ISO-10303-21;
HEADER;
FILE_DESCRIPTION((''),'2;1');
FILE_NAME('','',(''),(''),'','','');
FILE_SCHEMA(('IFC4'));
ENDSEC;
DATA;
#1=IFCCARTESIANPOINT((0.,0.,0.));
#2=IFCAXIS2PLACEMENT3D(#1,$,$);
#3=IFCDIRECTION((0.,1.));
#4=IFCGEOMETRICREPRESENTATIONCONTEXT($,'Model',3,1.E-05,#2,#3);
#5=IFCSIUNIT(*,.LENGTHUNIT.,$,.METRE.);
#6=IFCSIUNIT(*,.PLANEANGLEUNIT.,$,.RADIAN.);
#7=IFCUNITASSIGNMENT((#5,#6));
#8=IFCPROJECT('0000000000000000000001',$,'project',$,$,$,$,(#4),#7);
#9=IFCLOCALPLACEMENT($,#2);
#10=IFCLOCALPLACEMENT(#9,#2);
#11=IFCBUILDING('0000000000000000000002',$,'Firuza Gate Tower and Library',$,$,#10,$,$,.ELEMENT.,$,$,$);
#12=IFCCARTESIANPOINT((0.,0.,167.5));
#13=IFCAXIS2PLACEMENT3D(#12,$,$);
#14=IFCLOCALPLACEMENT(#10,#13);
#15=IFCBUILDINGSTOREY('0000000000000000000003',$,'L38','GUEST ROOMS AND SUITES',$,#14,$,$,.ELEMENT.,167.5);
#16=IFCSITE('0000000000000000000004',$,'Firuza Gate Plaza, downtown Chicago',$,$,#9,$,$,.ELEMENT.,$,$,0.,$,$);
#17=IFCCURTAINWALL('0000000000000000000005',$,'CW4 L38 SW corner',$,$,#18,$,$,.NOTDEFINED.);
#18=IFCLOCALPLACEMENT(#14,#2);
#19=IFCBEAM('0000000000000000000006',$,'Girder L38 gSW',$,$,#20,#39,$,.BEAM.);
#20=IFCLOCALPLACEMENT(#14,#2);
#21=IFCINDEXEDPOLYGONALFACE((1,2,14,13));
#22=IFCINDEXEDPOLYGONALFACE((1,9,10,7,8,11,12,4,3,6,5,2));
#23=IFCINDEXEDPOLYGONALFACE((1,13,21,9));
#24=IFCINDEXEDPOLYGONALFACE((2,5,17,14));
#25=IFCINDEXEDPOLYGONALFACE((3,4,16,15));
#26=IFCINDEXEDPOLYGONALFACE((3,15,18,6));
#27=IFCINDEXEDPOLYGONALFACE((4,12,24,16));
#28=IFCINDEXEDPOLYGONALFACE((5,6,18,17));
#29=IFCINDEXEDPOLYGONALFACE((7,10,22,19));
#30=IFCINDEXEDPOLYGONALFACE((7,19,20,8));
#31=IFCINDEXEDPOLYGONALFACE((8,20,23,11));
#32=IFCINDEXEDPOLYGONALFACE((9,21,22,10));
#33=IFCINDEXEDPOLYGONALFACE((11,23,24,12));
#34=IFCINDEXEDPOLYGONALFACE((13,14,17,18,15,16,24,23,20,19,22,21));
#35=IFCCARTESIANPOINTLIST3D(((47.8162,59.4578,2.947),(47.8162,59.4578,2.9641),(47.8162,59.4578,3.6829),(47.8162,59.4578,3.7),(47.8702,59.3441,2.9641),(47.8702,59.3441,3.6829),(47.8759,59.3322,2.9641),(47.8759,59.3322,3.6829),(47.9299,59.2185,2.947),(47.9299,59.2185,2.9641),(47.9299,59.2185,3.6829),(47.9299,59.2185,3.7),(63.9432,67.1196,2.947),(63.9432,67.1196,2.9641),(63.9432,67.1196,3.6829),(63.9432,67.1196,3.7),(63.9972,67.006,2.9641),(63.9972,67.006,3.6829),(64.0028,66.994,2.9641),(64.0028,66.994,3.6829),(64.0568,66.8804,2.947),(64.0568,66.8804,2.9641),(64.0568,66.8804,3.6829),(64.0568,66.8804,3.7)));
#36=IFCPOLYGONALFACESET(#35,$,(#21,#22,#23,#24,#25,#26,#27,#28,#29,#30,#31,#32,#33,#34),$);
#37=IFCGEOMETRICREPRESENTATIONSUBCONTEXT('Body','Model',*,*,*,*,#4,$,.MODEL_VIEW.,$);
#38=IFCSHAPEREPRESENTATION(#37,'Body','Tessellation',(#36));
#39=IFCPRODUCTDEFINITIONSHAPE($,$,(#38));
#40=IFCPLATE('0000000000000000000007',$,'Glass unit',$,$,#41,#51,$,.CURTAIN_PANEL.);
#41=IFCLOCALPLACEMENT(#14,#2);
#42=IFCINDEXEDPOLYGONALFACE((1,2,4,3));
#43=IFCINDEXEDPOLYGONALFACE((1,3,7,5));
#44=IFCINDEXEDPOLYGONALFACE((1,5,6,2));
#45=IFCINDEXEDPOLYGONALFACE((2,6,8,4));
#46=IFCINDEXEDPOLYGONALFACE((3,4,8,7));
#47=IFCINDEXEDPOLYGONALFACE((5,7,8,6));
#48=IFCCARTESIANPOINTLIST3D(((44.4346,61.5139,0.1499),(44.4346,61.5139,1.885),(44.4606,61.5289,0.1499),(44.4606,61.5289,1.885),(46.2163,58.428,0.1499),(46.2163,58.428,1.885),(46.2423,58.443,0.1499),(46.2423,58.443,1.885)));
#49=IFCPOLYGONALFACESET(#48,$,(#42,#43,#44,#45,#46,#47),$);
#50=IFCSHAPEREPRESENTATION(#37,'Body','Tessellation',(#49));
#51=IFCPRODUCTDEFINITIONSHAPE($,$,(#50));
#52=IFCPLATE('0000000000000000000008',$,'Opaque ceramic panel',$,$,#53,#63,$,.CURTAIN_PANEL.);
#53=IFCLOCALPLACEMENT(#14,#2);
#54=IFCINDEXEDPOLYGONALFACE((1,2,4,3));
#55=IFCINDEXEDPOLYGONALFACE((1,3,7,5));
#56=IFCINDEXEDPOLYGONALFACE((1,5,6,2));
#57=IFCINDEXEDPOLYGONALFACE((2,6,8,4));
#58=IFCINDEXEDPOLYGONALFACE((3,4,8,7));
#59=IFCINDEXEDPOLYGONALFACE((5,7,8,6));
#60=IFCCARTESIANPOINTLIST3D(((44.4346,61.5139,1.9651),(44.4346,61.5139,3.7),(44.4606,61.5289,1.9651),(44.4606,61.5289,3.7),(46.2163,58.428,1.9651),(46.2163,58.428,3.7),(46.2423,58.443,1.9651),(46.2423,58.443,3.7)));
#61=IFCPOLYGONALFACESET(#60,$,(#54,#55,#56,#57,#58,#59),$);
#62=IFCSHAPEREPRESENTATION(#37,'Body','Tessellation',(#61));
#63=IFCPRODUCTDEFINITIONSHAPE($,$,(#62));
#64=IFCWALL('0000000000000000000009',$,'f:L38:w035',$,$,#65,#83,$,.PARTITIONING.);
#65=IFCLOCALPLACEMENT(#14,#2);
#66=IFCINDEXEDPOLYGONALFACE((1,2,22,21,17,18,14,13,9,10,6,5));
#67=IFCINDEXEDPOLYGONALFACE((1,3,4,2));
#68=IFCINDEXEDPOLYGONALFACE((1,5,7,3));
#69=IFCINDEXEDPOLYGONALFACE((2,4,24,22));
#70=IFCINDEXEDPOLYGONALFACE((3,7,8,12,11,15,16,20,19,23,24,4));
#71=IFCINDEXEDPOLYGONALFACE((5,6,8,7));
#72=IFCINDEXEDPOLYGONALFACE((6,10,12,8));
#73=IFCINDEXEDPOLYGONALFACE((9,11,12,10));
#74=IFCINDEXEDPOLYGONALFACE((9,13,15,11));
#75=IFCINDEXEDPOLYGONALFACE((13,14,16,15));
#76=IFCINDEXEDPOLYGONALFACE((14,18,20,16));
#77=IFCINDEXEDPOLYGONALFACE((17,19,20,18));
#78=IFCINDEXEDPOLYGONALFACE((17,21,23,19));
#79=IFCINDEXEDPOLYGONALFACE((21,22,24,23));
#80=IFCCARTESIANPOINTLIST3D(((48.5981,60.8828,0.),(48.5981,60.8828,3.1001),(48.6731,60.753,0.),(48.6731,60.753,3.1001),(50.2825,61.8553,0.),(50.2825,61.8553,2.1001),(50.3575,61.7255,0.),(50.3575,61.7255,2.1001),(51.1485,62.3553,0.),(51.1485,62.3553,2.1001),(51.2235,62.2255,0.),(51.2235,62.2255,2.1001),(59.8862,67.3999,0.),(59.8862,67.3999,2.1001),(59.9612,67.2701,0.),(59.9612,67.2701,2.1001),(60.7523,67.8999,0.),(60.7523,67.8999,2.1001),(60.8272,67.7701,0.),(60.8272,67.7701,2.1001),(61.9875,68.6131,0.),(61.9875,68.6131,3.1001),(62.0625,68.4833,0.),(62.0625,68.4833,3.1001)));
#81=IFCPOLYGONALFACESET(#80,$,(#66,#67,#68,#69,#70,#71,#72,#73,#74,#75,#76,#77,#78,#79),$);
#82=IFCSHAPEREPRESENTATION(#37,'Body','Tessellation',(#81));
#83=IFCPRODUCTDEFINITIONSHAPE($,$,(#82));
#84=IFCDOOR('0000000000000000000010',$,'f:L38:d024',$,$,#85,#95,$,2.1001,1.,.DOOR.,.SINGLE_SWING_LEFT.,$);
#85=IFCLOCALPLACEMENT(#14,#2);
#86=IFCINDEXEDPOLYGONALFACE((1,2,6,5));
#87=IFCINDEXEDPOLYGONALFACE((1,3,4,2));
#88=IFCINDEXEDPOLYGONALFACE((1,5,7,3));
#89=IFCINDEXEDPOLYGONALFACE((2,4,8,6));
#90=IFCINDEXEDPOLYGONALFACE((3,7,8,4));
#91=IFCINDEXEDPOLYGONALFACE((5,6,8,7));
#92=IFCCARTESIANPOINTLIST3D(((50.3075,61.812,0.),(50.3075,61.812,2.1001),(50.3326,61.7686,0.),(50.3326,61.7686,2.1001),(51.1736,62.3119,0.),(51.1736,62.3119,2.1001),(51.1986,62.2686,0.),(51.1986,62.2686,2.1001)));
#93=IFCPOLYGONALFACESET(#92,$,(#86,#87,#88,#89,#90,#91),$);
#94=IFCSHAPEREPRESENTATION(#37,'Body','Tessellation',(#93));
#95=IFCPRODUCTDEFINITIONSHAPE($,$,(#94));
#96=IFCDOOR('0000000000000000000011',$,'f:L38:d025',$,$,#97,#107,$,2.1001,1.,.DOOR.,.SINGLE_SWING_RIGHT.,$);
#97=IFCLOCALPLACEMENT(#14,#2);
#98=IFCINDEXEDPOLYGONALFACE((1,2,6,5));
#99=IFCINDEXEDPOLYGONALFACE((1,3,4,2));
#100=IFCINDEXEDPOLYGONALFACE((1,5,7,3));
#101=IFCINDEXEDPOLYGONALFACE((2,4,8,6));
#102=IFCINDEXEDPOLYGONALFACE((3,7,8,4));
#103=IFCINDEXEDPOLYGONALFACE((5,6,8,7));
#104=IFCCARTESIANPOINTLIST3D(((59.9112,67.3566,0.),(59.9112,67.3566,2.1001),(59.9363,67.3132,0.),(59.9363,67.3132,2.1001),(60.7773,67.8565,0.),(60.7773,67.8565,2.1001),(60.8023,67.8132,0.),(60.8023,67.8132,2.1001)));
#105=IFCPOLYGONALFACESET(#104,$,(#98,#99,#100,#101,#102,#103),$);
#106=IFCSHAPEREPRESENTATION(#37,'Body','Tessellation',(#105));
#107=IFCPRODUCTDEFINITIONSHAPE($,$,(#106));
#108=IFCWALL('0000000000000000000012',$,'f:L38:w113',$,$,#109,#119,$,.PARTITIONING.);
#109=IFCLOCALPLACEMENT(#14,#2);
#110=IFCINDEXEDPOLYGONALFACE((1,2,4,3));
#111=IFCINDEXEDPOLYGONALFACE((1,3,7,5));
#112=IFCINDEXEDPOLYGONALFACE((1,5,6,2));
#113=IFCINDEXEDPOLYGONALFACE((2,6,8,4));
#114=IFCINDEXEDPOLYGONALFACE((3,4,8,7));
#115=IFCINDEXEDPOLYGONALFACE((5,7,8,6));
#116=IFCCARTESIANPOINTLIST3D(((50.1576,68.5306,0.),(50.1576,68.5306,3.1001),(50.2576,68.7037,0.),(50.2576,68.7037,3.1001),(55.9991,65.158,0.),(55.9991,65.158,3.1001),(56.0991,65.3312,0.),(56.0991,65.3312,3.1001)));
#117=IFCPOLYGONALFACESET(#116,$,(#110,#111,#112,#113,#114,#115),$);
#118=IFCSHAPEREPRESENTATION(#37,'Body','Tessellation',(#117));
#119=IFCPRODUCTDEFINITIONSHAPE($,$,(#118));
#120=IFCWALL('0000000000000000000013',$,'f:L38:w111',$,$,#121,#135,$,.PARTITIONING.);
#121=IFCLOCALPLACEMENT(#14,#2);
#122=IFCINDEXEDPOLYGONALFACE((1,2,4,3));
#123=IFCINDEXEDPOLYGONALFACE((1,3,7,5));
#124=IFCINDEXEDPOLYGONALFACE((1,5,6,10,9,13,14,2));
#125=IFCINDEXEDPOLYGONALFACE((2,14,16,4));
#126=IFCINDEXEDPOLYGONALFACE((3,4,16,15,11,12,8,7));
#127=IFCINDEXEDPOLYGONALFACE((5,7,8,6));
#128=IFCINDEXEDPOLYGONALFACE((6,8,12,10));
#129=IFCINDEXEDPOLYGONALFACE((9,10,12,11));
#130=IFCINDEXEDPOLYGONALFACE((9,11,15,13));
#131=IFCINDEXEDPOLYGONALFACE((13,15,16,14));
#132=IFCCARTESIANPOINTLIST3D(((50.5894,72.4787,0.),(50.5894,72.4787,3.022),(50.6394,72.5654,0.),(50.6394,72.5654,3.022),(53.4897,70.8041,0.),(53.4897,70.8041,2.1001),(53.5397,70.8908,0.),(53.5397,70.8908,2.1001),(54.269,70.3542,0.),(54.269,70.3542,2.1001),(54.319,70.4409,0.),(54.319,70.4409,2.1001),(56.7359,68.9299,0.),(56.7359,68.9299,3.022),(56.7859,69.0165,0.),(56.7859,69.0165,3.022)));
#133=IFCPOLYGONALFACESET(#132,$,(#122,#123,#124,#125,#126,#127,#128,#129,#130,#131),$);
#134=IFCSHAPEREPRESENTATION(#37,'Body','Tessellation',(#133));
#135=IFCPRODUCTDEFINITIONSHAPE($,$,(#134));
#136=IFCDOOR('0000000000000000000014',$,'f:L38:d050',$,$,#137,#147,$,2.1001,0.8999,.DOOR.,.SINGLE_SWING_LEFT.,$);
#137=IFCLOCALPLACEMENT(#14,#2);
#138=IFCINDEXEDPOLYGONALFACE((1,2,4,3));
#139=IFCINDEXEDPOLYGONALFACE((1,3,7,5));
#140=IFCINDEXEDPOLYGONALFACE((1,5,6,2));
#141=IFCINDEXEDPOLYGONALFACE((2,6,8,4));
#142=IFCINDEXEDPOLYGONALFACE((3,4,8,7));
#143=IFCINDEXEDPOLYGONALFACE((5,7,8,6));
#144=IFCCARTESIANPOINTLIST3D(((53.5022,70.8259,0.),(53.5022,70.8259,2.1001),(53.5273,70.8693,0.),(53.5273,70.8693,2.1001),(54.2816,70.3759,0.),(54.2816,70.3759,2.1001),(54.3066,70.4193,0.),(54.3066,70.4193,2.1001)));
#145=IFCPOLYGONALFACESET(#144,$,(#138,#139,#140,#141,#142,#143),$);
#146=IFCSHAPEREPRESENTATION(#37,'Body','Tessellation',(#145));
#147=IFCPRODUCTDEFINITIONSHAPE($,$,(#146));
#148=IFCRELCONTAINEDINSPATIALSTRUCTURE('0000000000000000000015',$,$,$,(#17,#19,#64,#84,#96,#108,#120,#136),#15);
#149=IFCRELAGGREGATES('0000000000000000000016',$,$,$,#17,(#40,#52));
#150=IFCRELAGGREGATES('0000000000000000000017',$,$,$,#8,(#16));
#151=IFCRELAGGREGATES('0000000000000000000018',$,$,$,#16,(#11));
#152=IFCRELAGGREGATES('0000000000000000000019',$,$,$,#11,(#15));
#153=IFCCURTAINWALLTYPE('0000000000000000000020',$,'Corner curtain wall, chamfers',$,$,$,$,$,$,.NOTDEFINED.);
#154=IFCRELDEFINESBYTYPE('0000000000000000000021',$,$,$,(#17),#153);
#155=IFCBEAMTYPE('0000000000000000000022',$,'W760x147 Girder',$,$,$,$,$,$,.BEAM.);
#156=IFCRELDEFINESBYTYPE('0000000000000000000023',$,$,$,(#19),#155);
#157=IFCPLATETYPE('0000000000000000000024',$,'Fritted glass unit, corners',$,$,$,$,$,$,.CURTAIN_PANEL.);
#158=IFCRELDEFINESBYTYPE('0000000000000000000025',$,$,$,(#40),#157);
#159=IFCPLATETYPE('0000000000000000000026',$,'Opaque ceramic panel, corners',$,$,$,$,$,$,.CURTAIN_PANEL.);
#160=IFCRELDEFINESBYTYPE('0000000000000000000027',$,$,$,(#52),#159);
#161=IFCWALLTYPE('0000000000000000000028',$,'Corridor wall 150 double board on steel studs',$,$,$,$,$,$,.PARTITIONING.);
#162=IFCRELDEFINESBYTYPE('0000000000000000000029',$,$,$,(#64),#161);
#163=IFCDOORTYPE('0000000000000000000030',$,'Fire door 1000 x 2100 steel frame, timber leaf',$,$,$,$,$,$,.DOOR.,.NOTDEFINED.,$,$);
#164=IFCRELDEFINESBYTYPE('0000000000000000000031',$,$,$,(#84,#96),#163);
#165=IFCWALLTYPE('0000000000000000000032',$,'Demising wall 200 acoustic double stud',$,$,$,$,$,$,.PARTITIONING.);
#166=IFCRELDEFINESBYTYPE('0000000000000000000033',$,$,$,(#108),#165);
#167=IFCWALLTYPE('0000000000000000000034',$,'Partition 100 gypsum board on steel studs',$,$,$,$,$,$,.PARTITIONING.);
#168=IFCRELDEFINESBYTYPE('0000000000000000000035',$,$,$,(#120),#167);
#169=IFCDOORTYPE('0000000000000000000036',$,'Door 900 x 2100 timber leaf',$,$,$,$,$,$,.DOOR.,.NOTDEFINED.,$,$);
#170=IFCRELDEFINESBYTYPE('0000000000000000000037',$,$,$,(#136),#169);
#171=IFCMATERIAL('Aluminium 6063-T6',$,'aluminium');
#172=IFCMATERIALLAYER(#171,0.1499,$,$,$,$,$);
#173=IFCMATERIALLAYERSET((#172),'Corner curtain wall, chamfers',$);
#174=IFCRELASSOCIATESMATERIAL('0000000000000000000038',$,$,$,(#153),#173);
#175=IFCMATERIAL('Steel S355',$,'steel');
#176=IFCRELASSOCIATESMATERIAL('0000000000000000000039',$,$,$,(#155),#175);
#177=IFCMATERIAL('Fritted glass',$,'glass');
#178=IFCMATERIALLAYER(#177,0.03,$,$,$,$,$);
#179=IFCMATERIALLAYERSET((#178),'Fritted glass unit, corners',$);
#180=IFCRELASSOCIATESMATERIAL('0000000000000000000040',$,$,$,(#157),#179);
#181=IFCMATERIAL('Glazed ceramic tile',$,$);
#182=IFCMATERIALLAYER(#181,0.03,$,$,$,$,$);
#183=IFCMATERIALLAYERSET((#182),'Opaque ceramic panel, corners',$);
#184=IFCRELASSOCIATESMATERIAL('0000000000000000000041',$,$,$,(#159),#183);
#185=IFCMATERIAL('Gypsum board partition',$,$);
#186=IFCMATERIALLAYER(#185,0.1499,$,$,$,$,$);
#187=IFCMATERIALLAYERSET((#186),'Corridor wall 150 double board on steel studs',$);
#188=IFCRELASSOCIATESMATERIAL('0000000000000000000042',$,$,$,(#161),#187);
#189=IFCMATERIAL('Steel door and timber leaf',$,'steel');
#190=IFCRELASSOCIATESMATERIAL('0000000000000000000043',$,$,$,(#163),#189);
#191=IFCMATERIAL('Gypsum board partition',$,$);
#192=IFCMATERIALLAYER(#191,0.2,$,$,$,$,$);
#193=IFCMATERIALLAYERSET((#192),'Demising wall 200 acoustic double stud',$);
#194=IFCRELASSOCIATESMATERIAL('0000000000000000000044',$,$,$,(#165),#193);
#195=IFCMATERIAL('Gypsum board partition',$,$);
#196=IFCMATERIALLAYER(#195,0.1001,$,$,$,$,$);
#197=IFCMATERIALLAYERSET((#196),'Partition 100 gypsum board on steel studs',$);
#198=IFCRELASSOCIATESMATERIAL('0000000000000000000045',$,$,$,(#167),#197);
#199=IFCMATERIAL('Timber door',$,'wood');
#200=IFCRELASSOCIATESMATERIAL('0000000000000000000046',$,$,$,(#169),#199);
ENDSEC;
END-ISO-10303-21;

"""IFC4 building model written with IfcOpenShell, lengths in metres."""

from ifc_helpers import new_model, si_unit, direction, frame, frame_2d, origin, origin_2d, place, context, subcontext, project, spatial, polyline, rectangle, i_section, outline, extrude, material, layer, layer_set, material_profile, profile_set, type_object, element, fill, aggregate, save


model = new_model("IFC4")

# Units and contexts
model_context = context("Model", 3, precision=1e-05, world=origin(), true_north=direction((0.0, 1.0)))
body_context = subcontext(model_context, "Body", "Model", "MODEL_VIEW")
ifc_project = project(units=[si_unit("LENGTHUNIT", "METRE"), si_unit("PLANEANGLEUNIT", "RADIAN")], contexts=[model_context])

# Site, building, storey
site_placement = place(None, origin())
site = spatial("IfcSite", under=ifc_project, at=site_placement, Name="Firuza Gate Plaza, downtown Chicago", CompositionType="ELEMENT", RefElevation=0.0)
building_placement = place(site_placement, origin())
building = spatial("IfcBuilding", under=site, at=building_placement, Name="Firuza Gate Tower and Library", CompositionType="ELEMENT")
storey_placement = place(building_placement, frame((0.0, 0.0, 167.5)))
storey = spatial("IfcBuildingStorey", under=building, at=storey_placement, Name="L38", Description="GUEST ROOMS AND SUITES", CompositionType="ELEMENT", Elevation=167.5)

# Curtain wall
ifc_material_1 = material(Name="Aluminium 6063-T6", Category="aluminium")
ifc_layer_1 = layer(ifc_material_1, 0.1499)
ifc_layer_set_1 = layer_set([ifc_layer_1], Name="Corner curtain wall, chamfers")
curtain_wall_type = type_object("IfcCurtainWallType", Name="Corner curtain wall, chamfers", PredefinedType="NOTDEFINED", material=ifc_layer_set_1)
curtain_wall_placement = place(storey_placement, origin())
curtain_wall = element("IfcCurtainWall", 1, at=curtain_wall_placement, inside=storey, type_object=curtain_wall_type, Name="CW4 L38 SW corner", PredefinedType="NOTDEFINED")

# Beam
ifc_material_2 = material(Name="Steel S355", Category="steel")
ifc_material_profile_1 = material_profile(ifc_material_2, i_section(OverallWidth=0.2649, OverallDepth=0.7529, WebThickness=0.0132, FlangeThickness=0.0171, at=origin_2d()))
ifc_profile_set_1 = profile_set([ifc_material_profile_1], Name="Steel S355")
beam_type_1 = type_object("IfcBeamType", Name="W760x147 Girder", PredefinedType="BEAM", material=ifc_profile_set_1)
beam_1_placement = place(storey_placement, frame((47.873, 59.3381, 3.3235), z_axis=(0.903244, 0.429128, 0.0), x_axis=(-0.429128, 0.903244, 0.0)))
element("IfcBeam", 2, at=beam_1_placement, inside=storey, type_object=beam_type_1, Name="Girder L38 gSW", PredefinedType="BEAM", context=body_context, shape_type="SweptSolid", body=[
    extrude(i_section(OverallWidth=0.2649, OverallDepth=0.7529, WebThickness=0.0132, FlangeThickness=0.0171, at=origin_2d()), origin(), (0.0, 0.0, 1.0), 17.8545),
])

# Plates
ifc_material_3 = material(Name="Fritted glass", Category="glass")
ifc_layer_2 = layer(ifc_material_3, 0.03)
ifc_layer_set_2 = layer_set([ifc_layer_2], Name="Fritted glass unit, corners")
plate_type_1 = type_object("IfcPlateType", Name="Fritted glass unit, corners", PredefinedType="CURTAIN_PANEL", material=ifc_layer_set_2)
plate_1_placement = place(storey_placement, frame((44.4346, 61.5139, 0.1499), z_axis=(-0.866017, -0.500015, 0.0), x_axis=(0.500015, -0.866017, 0.0)))
plate_1 = element("IfcPlate", 3, at=plate_1_placement, type_object=plate_type_1, Name="Glass unit", PredefinedType="CURTAIN_PANEL", context=body_context, shape_type="SweptSolid", body=[
    extrude(outline(polyline([(0.0, 0.0), (3.5634, 0.0), (3.5634, 1.7351), (0.0, 1.7351), (0.0, 0.0)])), origin(), (0.0, 0.0, -1.0), 0.03),
])
ifc_material_4 = material(Name="Glazed ceramic tile")
ifc_layer_3 = layer(ifc_material_4, 0.03)
ifc_layer_set_3 = layer_set([ifc_layer_3], Name="Opaque ceramic panel, corners")
plate_type_2 = type_object("IfcPlateType", Name="Opaque ceramic panel, corners", PredefinedType="CURTAIN_PANEL", material=ifc_layer_set_3)
plate_2_placement = place(storey_placement, frame((44.4346, 61.5139, 1.9651), z_axis=(-0.866017, -0.500015, 0.0), x_axis=(0.500015, -0.866017, 0.0)))
plate_2 = element("IfcPlate", 4, at=plate_2_placement, type_object=plate_type_2, Name="Opaque ceramic panel", PredefinedType="CURTAIN_PANEL", context=body_context, shape_type="SweptSolid", body=[
    extrude(outline(polyline([(0.0, 0.0), (3.5634, 0.0), (3.5634, 1.7349), (0.0, 1.7349), (0.0, 0.0)])), origin(), (0.0, 0.0, -1.0), 0.03),
])
aggregate(curtain_wall, [plate_1, plate_2])

# Wall, openings, doors
ifc_material_5 = material(Name="Gypsum board partition")
ifc_layer_4 = layer(ifc_material_5, 0.1499)
ifc_layer_set_4 = layer_set([ifc_layer_4], Name="Corridor wall 150 double board on steel studs")
wall_type_1 = type_object("IfcWallType", Name="Corridor wall 150 double board on steel studs", PredefinedType="PARTITIONING", material=ifc_layer_set_4)
wall_1_placement = place(storey_placement, frame((48.6355, 60.8179, 0.0), z_axis=(0.0, 0.0, 1.0), x_axis=(0.86603, 0.499993, 0.0)))
wall_1 = element("IfcWall", 5, at=wall_1_placement, inside=storey, type_object=wall_type_1, Name="f:L38:w035", PredefinedType="PARTITIONING", context=body_context, shape_type="SweptSolid", body=[
    extrude(rectangle(XDim=15.4607, YDim=0.1499, at=frame_2d((7.7305, 0.0))), origin(), (0.0, 0.0, 1.0), 3.1001),
])
opening_1_placement = place(wall_1_placement, frame((1.9451, 0.0, 0.0)))
opening_1 = element("IfcOpeningElement", 6, at=opening_1_placement, cuts=wall_1, PredefinedType="OPENING", context=body_context, shape_type="SweptSolid", body=[
    extrude(rectangle(XDim=1.0, YDim=2.1001, at=frame_2d((0.5, 1.05))), frame((0.0, 0.085, 0.0), z_axis=(0.0, -1.0, 0.0), x_axis=(1.0, 0.0, 0.0)), (0.0, 0.0, 1.0), 0.1699),
])
opening_2_placement = place(wall_1_placement, frame((13.0344, 0.0, 0.0)))
opening_2 = element("IfcOpeningElement", 7, at=opening_2_placement, cuts=wall_1, PredefinedType="OPENING", context=body_context, shape_type="SweptSolid", body=[
    extrude(rectangle(XDim=1.0, YDim=2.1001, at=frame_2d((0.5, 1.05))), frame((0.0, 0.085, 0.0), z_axis=(0.0, -1.0, 0.0), x_axis=(1.0, 0.0, 0.0)), (0.0, 0.0, 1.0), 0.1699),
])
ifc_material_6 = material(Name="Steel door and timber leaf", Category="steel")
door_type_1 = type_object("IfcDoorType", Name="Fire door 1000 x 2100 steel frame, timber leaf", OperationType="NOTDEFINED", PredefinedType="DOOR", material=ifc_material_6)
door_1_placement = place(opening_1_placement, origin())
door_1 = element("IfcDoor", 8, at=door_1_placement, inside=storey, type_object=door_type_1, Name="f:L38:d024", OperationType="SINGLE_SWING_LEFT", OverallHeight=2.1001, OverallWidth=1.0, PredefinedType="DOOR", context=body_context, shape_type="SweptSolid", body=[
    extrude(rectangle(XDim=1.0, YDim=2.1001, at=frame_2d((0.5, 1.05))), frame((0.0, 0.0249, 0.0), z_axis=(0.0, -1.0, 0.0), x_axis=(1.0, 0.0, 0.0)), (0.0, 0.0, 1.0), 0.05),
])
fill(opening_1, door_1)
door_2_placement = place(opening_2_placement, origin())
door_2 = element("IfcDoor", 9, at=door_2_placement, inside=storey, type_object=door_type_1, Name="f:L38:d025", OperationType="SINGLE_SWING_RIGHT", OverallHeight=2.1001, OverallWidth=1.0, PredefinedType="DOOR", context=body_context, shape_type="SweptSolid", body=[
    extrude(rectangle(XDim=1.0, YDim=2.1001, at=frame_2d((0.5, 1.05))), frame((0.0, 0.0249, 0.0), z_axis=(0.0, -1.0, 0.0), x_axis=(1.0, 0.0, 0.0)), (0.0, 0.0, 1.0), 0.05),
])
fill(opening_2, door_2)

# Wall
ifc_material_7 = material(Name="Gypsum board partition")
ifc_layer_5 = layer(ifc_material_7, 0.2)
ifc_layer_set_5 = layer_set([ifc_layer_5], Name="Demising wall 200 acoustic double stud")
wall_type_2 = type_object("IfcWallType", Name="Demising wall 200 acoustic double stud", PredefinedType="PARTITIONING", material=ifc_layer_set_5)
wall_2_placement = place(storey_placement, frame((56.0491, 65.2446, 0.0), z_axis=(0.0, 0.0, 1.0), x_axis=(-0.866029, 0.499993, 0.0)))
element("IfcWall", 10, at=wall_2_placement, inside=storey, type_object=wall_type_2, Name="f:L38:w113", PredefinedType="PARTITIONING", context=body_context, shape_type="SweptSolid", body=[
    extrude(rectangle(XDim=6.7451, YDim=0.2, at=frame_2d((3.3726, 0.0))), origin(), (0.0, 0.0, 1.0), 3.1001),
])

# Wall, opening, door
ifc_material_8 = material(Name="Gypsum board partition")
ifc_layer_6 = layer(ifc_material_8, 0.1001)
ifc_layer_set_6 = layer_set([ifc_layer_6], Name="Partition 100 gypsum board on steel studs")
wall_type_3 = type_object("IfcWallType", Name="Partition 100 gypsum board on steel studs", PredefinedType="PARTITIONING", material=ifc_layer_set_6)
wall_3_placement = place(storey_placement, frame((56.761, 68.9731, 0.0), z_axis=(0.0, 0.0, 1.0), x_axis=(-0.866016, 0.500016, 0.0)))
wall_3 = element("IfcWall", 11, at=wall_3_placement, inside=storey, type_object=wall_type_3, Name="f:L38:w111", PredefinedType="PARTITIONING", context=body_context, shape_type="SweptSolid", body=[
    extrude(rectangle(XDim=7.0974, YDim=0.1001, at=frame_2d((3.5488, 0.0))), origin(), (0.0, 0.0, 1.0), 3.022),
])
opening_3_placement = place(wall_3_placement, frame((2.8486, 0.0, 0.0)))
opening_3 = element("IfcOpeningElement", 12, at=opening_3_placement, cuts=wall_3, PredefinedType="OPENING", context=body_context, shape_type="SweptSolid", body=[
    extrude(rectangle(XDim=0.8999, YDim=2.1001, at=frame_2d((0.45, 1.05))), frame((0.0, 0.0601, 0.0), z_axis=(0.0, -1.0, 0.0), x_axis=(1.0, 0.0, 0.0)), (0.0, 0.0, 1.0), 0.1201),
])
ifc_material_9 = material(Name="Timber door", Category="wood")
door_type_2 = type_object("IfcDoorType", Name="Door 900 x 2100 timber leaf", OperationType="NOTDEFINED", PredefinedType="DOOR", material=ifc_material_9)
door_3_placement = place(opening_3_placement, origin())
door_3 = element("IfcDoor", 13, at=door_3_placement, inside=storey, type_object=door_type_2, Name="f:L38:d050", OperationType="SINGLE_SWING_LEFT", OverallHeight=2.1001, OverallWidth=0.8999, PredefinedType="DOOR", context=body_context, shape_type="SweptSolid", body=[
    extrude(rectangle(XDim=0.8999, YDim=2.1001, at=frame_2d((0.45, 1.05))), frame((0.0, 0.0249, 0.0), z_axis=(0.0, -1.0, 0.0), x_axis=(1.0, 0.0, 0.0)), (0.0, 0.0, 1.0), 0.05),
])
fill(opening_3, door_3)

save(model, "model.ifc")
